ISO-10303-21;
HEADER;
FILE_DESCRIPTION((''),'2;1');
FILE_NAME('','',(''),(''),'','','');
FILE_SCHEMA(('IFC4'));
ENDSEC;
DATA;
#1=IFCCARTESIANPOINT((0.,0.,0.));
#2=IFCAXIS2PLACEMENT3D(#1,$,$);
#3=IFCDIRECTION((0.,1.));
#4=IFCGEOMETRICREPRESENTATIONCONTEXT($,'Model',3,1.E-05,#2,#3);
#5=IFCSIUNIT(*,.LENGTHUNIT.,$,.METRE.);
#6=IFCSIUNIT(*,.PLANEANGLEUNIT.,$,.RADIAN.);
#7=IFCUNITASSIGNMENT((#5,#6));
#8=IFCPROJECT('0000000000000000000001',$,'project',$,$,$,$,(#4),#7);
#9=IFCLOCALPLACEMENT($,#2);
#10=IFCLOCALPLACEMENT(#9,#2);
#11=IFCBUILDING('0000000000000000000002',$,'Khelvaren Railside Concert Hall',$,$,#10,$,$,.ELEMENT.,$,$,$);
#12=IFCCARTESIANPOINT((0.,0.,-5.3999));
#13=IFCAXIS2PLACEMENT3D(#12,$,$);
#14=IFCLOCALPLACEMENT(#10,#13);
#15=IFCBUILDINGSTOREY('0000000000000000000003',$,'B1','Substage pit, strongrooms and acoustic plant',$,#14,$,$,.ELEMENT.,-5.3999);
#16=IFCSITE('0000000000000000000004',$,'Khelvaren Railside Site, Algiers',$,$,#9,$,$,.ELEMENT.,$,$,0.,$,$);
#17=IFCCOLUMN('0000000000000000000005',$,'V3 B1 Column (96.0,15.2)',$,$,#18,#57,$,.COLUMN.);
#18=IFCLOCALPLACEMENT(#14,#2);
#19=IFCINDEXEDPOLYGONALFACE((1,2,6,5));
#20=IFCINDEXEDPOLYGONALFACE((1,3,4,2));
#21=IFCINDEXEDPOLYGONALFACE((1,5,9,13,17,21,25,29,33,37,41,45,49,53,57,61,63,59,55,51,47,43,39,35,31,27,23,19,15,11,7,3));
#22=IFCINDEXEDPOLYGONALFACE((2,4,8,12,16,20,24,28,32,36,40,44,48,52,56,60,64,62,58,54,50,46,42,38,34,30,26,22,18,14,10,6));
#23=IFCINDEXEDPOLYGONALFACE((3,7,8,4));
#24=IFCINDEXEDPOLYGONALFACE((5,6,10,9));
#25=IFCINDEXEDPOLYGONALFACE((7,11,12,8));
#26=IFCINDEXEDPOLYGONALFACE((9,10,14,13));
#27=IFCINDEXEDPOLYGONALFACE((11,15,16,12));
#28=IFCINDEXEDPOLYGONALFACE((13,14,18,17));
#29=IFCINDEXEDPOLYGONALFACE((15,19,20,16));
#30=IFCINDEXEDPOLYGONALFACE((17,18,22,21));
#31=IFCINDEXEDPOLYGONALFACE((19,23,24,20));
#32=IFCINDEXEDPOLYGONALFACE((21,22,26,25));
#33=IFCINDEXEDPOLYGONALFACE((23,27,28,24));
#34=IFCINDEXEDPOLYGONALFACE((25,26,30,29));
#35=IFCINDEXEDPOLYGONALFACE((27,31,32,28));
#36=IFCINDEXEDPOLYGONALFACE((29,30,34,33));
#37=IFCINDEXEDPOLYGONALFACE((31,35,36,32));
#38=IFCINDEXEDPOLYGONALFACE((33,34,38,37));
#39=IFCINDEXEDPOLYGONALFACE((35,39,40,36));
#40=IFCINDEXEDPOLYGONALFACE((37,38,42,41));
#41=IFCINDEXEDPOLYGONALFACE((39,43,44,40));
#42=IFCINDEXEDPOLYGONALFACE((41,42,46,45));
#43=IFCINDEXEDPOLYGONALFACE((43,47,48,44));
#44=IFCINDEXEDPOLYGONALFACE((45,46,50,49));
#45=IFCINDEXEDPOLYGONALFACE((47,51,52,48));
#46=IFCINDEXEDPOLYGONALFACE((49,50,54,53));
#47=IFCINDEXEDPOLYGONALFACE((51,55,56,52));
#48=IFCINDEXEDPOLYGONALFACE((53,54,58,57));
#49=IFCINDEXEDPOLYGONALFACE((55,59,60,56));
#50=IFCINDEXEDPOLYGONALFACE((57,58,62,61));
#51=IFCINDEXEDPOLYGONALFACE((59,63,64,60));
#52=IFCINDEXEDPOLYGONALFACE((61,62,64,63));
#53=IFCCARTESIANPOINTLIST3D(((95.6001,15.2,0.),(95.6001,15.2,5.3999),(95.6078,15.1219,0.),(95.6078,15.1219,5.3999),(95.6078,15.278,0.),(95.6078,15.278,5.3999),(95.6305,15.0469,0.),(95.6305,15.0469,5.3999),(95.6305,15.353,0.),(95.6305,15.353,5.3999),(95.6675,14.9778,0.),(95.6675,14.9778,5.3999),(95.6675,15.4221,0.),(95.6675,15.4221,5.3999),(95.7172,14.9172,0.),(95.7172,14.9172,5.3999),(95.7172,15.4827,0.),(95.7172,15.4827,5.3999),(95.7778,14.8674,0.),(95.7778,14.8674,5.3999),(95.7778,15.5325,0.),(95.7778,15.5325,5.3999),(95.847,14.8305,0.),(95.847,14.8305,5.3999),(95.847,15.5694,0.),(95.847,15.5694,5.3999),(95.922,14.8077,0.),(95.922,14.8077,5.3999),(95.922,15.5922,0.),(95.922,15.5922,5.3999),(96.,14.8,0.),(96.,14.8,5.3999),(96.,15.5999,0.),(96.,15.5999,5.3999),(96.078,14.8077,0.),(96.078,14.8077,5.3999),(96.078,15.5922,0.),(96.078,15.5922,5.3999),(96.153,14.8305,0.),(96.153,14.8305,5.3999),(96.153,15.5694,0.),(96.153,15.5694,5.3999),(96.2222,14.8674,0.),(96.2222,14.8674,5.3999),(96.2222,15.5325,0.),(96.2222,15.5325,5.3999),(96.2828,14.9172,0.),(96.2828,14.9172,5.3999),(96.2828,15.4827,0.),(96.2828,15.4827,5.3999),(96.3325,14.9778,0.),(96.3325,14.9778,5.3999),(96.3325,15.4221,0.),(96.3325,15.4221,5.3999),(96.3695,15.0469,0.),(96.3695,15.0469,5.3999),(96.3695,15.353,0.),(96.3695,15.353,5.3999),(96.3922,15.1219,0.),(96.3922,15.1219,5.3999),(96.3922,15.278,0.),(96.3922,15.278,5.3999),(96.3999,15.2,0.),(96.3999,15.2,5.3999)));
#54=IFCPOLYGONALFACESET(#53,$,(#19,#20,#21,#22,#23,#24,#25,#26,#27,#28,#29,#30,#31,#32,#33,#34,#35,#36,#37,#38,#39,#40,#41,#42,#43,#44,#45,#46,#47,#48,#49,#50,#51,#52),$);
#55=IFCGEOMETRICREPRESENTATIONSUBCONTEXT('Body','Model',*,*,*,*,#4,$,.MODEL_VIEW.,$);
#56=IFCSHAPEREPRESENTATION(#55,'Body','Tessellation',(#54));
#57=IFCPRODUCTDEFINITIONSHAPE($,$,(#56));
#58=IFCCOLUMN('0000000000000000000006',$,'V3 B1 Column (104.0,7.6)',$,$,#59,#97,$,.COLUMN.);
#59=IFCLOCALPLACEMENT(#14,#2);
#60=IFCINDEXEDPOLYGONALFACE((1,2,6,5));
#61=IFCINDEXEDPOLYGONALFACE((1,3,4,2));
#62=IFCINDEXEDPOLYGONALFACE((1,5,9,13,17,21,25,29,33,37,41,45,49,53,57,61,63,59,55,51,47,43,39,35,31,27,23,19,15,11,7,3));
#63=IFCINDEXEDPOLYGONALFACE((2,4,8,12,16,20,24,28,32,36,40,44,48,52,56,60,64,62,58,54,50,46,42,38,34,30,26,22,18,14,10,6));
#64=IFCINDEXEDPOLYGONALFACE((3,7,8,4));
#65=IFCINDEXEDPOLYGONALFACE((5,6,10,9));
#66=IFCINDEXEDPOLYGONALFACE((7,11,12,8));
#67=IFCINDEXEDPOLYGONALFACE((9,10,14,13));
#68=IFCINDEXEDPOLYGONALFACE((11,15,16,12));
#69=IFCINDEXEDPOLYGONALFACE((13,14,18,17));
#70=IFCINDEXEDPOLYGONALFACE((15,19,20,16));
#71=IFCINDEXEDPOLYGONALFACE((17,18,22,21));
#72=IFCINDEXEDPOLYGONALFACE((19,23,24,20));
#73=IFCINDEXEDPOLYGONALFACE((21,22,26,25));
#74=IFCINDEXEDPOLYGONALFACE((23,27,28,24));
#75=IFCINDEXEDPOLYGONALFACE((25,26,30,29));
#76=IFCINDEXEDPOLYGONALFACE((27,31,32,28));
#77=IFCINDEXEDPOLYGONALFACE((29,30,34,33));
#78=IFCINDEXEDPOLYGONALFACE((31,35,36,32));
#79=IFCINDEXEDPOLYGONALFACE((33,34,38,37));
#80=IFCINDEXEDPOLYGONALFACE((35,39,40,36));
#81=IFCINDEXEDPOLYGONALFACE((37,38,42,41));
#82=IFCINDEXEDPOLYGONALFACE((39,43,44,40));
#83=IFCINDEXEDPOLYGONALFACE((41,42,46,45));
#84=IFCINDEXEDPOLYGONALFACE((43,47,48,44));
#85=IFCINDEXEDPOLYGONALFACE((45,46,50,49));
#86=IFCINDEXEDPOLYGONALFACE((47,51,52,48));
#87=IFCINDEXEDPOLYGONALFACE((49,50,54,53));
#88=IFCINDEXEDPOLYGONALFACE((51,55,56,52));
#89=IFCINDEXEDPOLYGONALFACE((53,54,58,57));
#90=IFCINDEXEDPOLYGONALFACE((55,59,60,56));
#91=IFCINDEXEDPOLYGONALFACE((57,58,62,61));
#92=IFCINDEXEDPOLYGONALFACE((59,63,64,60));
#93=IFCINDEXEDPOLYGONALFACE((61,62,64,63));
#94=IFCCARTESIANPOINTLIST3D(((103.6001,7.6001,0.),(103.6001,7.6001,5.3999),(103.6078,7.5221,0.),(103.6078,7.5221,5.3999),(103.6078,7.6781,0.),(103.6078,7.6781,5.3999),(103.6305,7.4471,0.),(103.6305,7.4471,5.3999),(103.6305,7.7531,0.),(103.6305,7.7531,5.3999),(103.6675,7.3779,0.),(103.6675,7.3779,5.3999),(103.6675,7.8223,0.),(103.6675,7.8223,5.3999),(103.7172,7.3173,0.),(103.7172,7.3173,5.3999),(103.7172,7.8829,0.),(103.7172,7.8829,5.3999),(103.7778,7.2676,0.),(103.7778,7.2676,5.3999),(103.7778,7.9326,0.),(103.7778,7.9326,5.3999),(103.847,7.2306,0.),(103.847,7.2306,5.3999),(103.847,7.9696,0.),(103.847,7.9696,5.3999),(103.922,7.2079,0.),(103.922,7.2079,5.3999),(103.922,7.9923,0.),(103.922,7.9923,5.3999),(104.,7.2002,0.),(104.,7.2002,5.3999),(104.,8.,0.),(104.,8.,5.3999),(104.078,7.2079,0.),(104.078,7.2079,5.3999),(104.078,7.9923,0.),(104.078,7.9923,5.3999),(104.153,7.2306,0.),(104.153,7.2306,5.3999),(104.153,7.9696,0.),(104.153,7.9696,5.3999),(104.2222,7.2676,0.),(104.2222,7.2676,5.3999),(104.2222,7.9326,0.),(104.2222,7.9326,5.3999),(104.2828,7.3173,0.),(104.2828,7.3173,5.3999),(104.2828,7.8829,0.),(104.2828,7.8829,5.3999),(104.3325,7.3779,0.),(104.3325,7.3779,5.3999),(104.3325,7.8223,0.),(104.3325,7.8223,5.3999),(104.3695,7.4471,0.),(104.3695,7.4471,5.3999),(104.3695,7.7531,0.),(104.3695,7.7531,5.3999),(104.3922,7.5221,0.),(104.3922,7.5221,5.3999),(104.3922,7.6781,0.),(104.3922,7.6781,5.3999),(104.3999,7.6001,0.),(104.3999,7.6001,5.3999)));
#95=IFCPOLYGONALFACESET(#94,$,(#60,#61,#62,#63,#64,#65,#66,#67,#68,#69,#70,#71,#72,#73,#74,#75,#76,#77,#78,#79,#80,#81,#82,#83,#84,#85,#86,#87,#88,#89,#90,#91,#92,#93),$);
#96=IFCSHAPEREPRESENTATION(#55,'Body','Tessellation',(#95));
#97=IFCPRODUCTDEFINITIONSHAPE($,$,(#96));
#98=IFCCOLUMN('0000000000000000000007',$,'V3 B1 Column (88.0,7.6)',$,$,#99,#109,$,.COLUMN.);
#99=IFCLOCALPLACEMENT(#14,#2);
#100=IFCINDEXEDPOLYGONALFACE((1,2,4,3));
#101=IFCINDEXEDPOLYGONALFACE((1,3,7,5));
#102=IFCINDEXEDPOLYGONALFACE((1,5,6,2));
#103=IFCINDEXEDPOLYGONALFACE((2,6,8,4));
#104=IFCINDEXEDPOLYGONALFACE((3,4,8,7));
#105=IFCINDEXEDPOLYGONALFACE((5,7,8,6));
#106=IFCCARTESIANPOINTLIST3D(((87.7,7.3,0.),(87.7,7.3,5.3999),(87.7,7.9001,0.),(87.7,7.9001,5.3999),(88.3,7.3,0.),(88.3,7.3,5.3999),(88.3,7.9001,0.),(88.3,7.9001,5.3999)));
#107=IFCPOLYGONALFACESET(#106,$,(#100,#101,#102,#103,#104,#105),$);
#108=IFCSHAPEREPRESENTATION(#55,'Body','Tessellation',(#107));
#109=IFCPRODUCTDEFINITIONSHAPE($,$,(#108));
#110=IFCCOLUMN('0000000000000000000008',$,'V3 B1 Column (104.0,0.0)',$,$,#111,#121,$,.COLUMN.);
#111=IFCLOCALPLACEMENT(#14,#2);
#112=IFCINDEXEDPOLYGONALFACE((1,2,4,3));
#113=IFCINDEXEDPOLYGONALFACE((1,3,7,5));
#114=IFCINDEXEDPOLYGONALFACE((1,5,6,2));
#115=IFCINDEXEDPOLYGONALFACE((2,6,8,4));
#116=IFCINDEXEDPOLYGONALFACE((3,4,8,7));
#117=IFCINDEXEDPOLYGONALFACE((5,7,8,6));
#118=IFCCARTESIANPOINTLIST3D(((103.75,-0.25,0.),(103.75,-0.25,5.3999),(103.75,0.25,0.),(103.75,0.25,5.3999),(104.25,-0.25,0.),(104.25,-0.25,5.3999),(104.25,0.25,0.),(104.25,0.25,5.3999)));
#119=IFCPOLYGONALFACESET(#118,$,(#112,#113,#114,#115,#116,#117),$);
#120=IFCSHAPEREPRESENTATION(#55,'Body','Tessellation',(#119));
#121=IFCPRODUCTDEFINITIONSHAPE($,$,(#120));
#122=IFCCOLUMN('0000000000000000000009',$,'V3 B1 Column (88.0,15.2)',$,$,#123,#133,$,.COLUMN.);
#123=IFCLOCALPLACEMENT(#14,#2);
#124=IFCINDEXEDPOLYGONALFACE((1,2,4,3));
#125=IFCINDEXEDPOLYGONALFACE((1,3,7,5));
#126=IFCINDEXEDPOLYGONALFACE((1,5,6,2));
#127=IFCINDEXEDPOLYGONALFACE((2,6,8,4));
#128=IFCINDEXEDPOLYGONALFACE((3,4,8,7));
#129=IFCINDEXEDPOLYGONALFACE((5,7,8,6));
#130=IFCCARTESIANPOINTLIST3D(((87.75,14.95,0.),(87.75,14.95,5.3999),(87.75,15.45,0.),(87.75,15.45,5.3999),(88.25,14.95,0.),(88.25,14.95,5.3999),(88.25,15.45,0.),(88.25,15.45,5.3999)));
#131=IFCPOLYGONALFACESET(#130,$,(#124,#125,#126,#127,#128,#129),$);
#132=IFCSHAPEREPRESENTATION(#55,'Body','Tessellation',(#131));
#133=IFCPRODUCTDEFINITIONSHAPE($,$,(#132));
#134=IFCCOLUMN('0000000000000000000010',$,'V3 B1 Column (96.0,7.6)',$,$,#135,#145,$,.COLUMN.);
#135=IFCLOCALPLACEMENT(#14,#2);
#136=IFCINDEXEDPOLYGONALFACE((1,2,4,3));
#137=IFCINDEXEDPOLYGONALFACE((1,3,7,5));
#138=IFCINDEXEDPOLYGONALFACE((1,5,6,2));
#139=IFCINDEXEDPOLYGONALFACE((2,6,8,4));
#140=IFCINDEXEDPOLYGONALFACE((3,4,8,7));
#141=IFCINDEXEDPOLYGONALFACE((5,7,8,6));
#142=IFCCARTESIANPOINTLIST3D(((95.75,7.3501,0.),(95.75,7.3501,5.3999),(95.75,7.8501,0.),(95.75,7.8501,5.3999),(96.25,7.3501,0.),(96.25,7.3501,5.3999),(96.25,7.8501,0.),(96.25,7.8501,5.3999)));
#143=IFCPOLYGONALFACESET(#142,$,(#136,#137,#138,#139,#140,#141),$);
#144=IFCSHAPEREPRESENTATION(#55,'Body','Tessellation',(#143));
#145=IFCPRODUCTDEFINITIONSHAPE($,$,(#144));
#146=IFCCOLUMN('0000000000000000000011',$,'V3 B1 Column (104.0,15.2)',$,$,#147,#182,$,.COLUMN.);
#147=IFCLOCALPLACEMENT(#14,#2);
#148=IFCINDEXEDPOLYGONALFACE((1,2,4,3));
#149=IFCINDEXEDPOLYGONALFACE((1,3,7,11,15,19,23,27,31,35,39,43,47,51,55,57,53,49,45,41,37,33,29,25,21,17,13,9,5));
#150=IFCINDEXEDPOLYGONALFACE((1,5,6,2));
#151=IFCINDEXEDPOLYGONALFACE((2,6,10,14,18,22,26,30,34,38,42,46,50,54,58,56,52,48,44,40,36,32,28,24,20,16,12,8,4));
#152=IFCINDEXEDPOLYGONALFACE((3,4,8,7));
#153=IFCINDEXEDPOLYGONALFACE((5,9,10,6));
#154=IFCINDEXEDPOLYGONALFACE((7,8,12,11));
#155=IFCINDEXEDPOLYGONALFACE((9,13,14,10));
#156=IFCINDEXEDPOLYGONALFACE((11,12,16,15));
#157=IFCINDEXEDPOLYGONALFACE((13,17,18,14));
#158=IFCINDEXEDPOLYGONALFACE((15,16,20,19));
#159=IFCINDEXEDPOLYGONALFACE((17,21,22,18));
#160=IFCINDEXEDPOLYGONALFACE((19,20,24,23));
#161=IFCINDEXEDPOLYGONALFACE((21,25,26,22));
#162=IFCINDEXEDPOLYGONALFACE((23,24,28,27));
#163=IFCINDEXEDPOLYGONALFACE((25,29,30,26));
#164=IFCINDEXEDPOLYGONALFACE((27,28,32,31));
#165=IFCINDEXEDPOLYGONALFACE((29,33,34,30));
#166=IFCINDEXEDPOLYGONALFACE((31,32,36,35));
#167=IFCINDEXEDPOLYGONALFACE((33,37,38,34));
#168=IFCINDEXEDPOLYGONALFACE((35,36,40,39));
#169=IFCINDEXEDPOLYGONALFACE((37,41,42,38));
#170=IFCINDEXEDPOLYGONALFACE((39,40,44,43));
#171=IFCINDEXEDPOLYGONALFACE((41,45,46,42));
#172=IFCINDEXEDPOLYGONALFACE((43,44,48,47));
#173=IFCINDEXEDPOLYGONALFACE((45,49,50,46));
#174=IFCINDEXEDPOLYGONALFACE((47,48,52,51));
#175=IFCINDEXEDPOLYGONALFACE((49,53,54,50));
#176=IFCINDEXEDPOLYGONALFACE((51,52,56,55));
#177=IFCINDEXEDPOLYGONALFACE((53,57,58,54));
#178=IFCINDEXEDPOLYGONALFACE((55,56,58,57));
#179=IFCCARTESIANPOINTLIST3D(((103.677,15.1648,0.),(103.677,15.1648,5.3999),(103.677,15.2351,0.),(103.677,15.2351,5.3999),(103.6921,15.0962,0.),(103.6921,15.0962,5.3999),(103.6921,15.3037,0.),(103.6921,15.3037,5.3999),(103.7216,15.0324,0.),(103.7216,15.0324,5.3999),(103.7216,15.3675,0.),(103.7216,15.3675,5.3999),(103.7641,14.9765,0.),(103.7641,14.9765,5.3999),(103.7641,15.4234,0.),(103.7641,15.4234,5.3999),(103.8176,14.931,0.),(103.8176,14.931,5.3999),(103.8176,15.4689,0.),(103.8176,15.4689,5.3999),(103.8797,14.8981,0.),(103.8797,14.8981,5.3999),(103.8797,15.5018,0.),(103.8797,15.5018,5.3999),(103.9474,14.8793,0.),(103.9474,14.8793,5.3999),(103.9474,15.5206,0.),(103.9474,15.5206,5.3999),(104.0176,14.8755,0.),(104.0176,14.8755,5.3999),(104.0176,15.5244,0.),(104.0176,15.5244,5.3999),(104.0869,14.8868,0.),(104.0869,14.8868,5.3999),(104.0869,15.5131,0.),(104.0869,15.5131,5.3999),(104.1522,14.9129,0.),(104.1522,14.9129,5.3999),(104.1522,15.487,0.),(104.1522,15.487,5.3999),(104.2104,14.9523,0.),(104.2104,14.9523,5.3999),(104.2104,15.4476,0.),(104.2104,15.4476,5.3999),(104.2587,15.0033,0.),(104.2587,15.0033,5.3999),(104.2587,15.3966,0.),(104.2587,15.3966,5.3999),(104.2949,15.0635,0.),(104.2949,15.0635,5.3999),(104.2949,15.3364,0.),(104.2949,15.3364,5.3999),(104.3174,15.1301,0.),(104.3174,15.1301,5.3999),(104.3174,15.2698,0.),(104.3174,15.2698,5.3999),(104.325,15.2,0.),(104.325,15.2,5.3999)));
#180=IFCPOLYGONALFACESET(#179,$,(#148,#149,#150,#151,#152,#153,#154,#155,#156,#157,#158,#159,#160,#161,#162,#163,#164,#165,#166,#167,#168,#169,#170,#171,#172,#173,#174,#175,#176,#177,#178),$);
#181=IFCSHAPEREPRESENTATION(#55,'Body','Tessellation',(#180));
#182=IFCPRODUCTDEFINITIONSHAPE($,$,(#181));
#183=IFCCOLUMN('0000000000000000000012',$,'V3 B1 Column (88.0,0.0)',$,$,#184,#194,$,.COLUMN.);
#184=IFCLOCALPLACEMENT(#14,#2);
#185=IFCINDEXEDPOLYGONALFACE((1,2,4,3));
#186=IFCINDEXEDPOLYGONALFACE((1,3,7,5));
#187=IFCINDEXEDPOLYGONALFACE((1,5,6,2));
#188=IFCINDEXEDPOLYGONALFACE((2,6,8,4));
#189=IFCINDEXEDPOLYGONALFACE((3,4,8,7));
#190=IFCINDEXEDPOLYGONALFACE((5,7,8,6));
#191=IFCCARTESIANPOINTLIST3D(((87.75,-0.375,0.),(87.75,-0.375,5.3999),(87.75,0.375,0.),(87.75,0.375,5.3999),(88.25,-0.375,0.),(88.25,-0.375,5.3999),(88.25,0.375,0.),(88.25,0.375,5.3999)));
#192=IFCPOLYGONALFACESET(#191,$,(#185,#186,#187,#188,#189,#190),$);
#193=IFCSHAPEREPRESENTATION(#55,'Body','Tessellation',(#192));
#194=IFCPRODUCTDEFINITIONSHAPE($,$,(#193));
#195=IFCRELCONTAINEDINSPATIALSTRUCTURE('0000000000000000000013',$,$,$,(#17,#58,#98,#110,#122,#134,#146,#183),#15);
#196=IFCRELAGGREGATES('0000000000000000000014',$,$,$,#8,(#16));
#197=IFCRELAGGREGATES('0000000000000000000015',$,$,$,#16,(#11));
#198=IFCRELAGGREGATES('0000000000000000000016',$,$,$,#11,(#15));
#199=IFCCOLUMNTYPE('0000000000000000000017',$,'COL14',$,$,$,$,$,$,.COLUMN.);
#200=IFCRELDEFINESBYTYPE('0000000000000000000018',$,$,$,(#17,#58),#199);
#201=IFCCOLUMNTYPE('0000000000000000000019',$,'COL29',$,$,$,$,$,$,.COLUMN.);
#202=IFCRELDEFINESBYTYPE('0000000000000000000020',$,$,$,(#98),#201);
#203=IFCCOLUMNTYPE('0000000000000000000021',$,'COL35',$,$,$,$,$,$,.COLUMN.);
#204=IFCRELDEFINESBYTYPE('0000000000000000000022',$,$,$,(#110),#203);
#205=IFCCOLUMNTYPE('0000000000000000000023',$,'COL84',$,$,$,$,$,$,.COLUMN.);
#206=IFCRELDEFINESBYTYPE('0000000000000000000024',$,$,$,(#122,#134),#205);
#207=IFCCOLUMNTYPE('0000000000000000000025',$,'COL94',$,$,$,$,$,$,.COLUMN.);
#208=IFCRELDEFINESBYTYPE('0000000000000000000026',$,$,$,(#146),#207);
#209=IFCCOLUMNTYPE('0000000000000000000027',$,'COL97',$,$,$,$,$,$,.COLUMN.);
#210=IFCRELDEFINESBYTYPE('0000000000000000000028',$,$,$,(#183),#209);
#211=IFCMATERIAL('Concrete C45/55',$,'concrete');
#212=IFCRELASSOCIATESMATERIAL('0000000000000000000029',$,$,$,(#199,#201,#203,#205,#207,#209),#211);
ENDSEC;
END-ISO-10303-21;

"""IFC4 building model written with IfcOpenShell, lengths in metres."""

from ifc_helpers import new_model, si_unit, direction, frame, origin, origin_2d, place, context, subcontext, project, spatial, rectangle, circle, extrude, material, material_profile, profile_set, type_object, element, save


model = new_model("IFC4")

# Units and contexts
model_context = context("Model", 3, precision=1e-05, world=origin(), true_north=direction((0.0, 1.0)))
body_context = subcontext(model_context, "Body", "Model", "MODEL_VIEW")
ifc_project = project(units=[si_unit("LENGTHUNIT", "METRE"), si_unit("PLANEANGLEUNIT", "RADIAN")], contexts=[model_context])

# Site, building, storey
site_placement = place(None, origin())
site = spatial("IfcSite", under=ifc_project, at=site_placement, Name="Khelvaren Railside Site, Algiers", CompositionType="ELEMENT", RefElevation=0.0)
building_placement = place(site_placement, origin())
building = spatial("IfcBuilding", under=site, at=building_placement, Name="Khelvaren Railside Concert Hall", CompositionType="ELEMENT")
storey_placement = place(building_placement, frame((0.0, 0.0, -5.3999)))
storey = spatial("IfcBuildingStorey", under=building, at=storey_placement, Name="B1", Description="Substage pit, strongrooms and acoustic plant", CompositionType="ELEMENT", Elevation=-5.3999)

# Columns
ifc_material_1 = material(Name="Concrete C45/55", Category="concrete")
ifc_material_profile_1 = material_profile(ifc_material_1, circle(Radius=0.3999, at=origin_2d()), Name="RC D800")
ifc_profile_set_1 = profile_set([ifc_material_profile_1], Name="Concrete C45/55")
column_type_1 = type_object("IfcColumnType", Name="COL14", PredefinedType="COLUMN", material=ifc_profile_set_1)
for number, where, z_axis, x_axis, name in (
    (1, (96.0, 15.2, 0.0), (0.0, 0.0, 1.0), (1.0, 0.0, 0.0), "V3 B1 Column (96.0,15.2)"),
    (2, (104.0, 7.6001, 0.0), (0.0, 0.0, 1.0), (1.0, 0.0, 0.0), "V3 B1 Column (104.0,7.6)"),
):
    element("IfcColumn", number, at=place(storey_placement, frame(where, z_axis=z_axis, x_axis=x_axis)), inside=storey, type_object=column_type_1, Name=name, PredefinedType="COLUMN", context=body_context, shape_type="SweptSolid", body=[
        extrude(circle(Radius=0.3999, at=origin_2d()), origin(), (0.0, 0.0, 1.0), 5.3999),
    ])
ifc_material_profile_2 = material_profile(ifc_material_1, rectangle(XDim=0.6001, YDim=0.6001, at=origin_2d()), Name="RC 600x600")
ifc_profile_set_2 = profile_set([ifc_material_profile_2], Name="Concrete C45/55")
column_type_2 = type_object("IfcColumnType", Name="COL29", PredefinedType="COLUMN", material=ifc_profile_set_2)
column_1_placement = place(storey_placement, frame((88.0, 7.6001, 0.0), z_axis=(0.0, 0.0, 1.0), x_axis=(1.0, 0.0, 0.0)))
element("IfcColumn", 3, at=column_1_placement, inside=storey, type_object=column_type_2, Name="V3 B1 Column (88.0,7.6)", PredefinedType="COLUMN", context=body_context, shape_type="SweptSolid", body=[
    extrude(rectangle(XDim=0.6001, YDim=0.6001, at=origin_2d()), origin(), (0.0, 0.0, 1.0), 5.3999),
])
ifc_material_profile_3 = material_profile(ifc_material_1, rectangle(XDim=0.5, YDim=0.5, at=origin_2d()), Name="RC 500x500")
ifc_profile_set_3 = profile_set([ifc_material_profile_3], Name="Concrete C45/55")
column_type_3 = type_object("IfcColumnType", Name="COL35", PredefinedType="COLUMN", material=ifc_profile_set_3)
column_2_placement = place(storey_placement, frame((104.0, 0.0, 0.0), z_axis=(0.0, 0.0, 1.0), x_axis=(1.0, 0.0, 0.0)))
element("IfcColumn", 4, at=column_2_placement, inside=storey, type_object=column_type_3, Name="V3 B1 Column (104.0,0.0)", PredefinedType="COLUMN", context=body_context, shape_type="SweptSolid", body=[
    extrude(rectangle(XDim=0.5, YDim=0.5, at=origin_2d()), origin(), (0.0, 0.0, 1.0), 5.3999),
])
ifc_material_profile_4 = material_profile(ifc_material_1, rectangle(XDim=0.5, YDim=0.5, at=origin_2d()), Name="RC 500x500")
ifc_profile_set_4 = profile_set([ifc_material_profile_4], Name="Concrete C45/55")
column_type_4 = type_object("IfcColumnType", Name="COL84", PredefinedType="COLUMN", material=ifc_profile_set_4)
for number, where, z_axis, x_axis, name in (
    (5, (88.0, 15.2, 0.0), (0.0, 0.0, 1.0), (1.0, 0.0, 0.0), "V3 B1 Column (88.0,15.2)"),
    (6, (96.0, 7.6001, 0.0), (0.0, 0.0, 1.0), (1.0, 0.0, 0.0), "V3 B1 Column (96.0,7.6)"),
):
    element("IfcColumn", number, at=place(storey_placement, frame(where, z_axis=z_axis, x_axis=x_axis)), inside=storey, type_object=column_type_4, Name=name, PredefinedType="COLUMN", context=body_context, shape_type="SweptSolid", body=[
        extrude(rectangle(XDim=0.5, YDim=0.5, at=origin_2d()), origin(), (0.0, 0.0, 1.0), 5.3999),
    ])
ifc_material_profile_5 = material_profile(ifc_material_1, circle(Radius=0.325, at=origin_2d()), Name="RC D650")
ifc_profile_set_5 = profile_set([ifc_material_profile_5], Name="Concrete C45/55")
column_type_5 = type_object("IfcColumnType", Name="COL94", PredefinedType="COLUMN", material=ifc_profile_set_5)
column_3_placement = place(storey_placement, frame((104.0, 15.2, 0.0), z_axis=(0.0, 0.0, 1.0), x_axis=(1.0, 0.0, 0.0)))
element("IfcColumn", 7, at=column_3_placement, inside=storey, type_object=column_type_5, Name="V3 B1 Column (104.0,15.2)", PredefinedType="COLUMN", context=body_context, shape_type="SweptSolid", body=[
    extrude(circle(Radius=0.325, at=origin_2d()), origin(), (0.0, 0.0, 1.0), 5.3999),
])
ifc_material_profile_6 = material_profile(ifc_material_1, rectangle(XDim=0.5, YDim=0.75, at=origin_2d()), Name="RC 500x750")
ifc_profile_set_6 = profile_set([ifc_material_profile_6], Name="Concrete C45/55")
column_type_6 = type_object("IfcColumnType", Name="COL97", PredefinedType="COLUMN", material=ifc_profile_set_6)
column_4_placement = place(storey_placement, frame((88.0, 0.0, 0.0), z_axis=(0.0, 0.0, 1.0), x_axis=(1.0, 0.0, 0.0)))
element("IfcColumn", 8, at=column_4_placement, inside=storey, type_object=column_type_6, Name="V3 B1 Column (88.0,0.0)", PredefinedType="COLUMN", context=body_context, shape_type="SweptSolid", body=[
    extrude(rectangle(XDim=0.5, YDim=0.75, at=origin_2d()), origin(), (0.0, 0.0, 1.0), 5.3999),
])

save(model, "model.ifc")
